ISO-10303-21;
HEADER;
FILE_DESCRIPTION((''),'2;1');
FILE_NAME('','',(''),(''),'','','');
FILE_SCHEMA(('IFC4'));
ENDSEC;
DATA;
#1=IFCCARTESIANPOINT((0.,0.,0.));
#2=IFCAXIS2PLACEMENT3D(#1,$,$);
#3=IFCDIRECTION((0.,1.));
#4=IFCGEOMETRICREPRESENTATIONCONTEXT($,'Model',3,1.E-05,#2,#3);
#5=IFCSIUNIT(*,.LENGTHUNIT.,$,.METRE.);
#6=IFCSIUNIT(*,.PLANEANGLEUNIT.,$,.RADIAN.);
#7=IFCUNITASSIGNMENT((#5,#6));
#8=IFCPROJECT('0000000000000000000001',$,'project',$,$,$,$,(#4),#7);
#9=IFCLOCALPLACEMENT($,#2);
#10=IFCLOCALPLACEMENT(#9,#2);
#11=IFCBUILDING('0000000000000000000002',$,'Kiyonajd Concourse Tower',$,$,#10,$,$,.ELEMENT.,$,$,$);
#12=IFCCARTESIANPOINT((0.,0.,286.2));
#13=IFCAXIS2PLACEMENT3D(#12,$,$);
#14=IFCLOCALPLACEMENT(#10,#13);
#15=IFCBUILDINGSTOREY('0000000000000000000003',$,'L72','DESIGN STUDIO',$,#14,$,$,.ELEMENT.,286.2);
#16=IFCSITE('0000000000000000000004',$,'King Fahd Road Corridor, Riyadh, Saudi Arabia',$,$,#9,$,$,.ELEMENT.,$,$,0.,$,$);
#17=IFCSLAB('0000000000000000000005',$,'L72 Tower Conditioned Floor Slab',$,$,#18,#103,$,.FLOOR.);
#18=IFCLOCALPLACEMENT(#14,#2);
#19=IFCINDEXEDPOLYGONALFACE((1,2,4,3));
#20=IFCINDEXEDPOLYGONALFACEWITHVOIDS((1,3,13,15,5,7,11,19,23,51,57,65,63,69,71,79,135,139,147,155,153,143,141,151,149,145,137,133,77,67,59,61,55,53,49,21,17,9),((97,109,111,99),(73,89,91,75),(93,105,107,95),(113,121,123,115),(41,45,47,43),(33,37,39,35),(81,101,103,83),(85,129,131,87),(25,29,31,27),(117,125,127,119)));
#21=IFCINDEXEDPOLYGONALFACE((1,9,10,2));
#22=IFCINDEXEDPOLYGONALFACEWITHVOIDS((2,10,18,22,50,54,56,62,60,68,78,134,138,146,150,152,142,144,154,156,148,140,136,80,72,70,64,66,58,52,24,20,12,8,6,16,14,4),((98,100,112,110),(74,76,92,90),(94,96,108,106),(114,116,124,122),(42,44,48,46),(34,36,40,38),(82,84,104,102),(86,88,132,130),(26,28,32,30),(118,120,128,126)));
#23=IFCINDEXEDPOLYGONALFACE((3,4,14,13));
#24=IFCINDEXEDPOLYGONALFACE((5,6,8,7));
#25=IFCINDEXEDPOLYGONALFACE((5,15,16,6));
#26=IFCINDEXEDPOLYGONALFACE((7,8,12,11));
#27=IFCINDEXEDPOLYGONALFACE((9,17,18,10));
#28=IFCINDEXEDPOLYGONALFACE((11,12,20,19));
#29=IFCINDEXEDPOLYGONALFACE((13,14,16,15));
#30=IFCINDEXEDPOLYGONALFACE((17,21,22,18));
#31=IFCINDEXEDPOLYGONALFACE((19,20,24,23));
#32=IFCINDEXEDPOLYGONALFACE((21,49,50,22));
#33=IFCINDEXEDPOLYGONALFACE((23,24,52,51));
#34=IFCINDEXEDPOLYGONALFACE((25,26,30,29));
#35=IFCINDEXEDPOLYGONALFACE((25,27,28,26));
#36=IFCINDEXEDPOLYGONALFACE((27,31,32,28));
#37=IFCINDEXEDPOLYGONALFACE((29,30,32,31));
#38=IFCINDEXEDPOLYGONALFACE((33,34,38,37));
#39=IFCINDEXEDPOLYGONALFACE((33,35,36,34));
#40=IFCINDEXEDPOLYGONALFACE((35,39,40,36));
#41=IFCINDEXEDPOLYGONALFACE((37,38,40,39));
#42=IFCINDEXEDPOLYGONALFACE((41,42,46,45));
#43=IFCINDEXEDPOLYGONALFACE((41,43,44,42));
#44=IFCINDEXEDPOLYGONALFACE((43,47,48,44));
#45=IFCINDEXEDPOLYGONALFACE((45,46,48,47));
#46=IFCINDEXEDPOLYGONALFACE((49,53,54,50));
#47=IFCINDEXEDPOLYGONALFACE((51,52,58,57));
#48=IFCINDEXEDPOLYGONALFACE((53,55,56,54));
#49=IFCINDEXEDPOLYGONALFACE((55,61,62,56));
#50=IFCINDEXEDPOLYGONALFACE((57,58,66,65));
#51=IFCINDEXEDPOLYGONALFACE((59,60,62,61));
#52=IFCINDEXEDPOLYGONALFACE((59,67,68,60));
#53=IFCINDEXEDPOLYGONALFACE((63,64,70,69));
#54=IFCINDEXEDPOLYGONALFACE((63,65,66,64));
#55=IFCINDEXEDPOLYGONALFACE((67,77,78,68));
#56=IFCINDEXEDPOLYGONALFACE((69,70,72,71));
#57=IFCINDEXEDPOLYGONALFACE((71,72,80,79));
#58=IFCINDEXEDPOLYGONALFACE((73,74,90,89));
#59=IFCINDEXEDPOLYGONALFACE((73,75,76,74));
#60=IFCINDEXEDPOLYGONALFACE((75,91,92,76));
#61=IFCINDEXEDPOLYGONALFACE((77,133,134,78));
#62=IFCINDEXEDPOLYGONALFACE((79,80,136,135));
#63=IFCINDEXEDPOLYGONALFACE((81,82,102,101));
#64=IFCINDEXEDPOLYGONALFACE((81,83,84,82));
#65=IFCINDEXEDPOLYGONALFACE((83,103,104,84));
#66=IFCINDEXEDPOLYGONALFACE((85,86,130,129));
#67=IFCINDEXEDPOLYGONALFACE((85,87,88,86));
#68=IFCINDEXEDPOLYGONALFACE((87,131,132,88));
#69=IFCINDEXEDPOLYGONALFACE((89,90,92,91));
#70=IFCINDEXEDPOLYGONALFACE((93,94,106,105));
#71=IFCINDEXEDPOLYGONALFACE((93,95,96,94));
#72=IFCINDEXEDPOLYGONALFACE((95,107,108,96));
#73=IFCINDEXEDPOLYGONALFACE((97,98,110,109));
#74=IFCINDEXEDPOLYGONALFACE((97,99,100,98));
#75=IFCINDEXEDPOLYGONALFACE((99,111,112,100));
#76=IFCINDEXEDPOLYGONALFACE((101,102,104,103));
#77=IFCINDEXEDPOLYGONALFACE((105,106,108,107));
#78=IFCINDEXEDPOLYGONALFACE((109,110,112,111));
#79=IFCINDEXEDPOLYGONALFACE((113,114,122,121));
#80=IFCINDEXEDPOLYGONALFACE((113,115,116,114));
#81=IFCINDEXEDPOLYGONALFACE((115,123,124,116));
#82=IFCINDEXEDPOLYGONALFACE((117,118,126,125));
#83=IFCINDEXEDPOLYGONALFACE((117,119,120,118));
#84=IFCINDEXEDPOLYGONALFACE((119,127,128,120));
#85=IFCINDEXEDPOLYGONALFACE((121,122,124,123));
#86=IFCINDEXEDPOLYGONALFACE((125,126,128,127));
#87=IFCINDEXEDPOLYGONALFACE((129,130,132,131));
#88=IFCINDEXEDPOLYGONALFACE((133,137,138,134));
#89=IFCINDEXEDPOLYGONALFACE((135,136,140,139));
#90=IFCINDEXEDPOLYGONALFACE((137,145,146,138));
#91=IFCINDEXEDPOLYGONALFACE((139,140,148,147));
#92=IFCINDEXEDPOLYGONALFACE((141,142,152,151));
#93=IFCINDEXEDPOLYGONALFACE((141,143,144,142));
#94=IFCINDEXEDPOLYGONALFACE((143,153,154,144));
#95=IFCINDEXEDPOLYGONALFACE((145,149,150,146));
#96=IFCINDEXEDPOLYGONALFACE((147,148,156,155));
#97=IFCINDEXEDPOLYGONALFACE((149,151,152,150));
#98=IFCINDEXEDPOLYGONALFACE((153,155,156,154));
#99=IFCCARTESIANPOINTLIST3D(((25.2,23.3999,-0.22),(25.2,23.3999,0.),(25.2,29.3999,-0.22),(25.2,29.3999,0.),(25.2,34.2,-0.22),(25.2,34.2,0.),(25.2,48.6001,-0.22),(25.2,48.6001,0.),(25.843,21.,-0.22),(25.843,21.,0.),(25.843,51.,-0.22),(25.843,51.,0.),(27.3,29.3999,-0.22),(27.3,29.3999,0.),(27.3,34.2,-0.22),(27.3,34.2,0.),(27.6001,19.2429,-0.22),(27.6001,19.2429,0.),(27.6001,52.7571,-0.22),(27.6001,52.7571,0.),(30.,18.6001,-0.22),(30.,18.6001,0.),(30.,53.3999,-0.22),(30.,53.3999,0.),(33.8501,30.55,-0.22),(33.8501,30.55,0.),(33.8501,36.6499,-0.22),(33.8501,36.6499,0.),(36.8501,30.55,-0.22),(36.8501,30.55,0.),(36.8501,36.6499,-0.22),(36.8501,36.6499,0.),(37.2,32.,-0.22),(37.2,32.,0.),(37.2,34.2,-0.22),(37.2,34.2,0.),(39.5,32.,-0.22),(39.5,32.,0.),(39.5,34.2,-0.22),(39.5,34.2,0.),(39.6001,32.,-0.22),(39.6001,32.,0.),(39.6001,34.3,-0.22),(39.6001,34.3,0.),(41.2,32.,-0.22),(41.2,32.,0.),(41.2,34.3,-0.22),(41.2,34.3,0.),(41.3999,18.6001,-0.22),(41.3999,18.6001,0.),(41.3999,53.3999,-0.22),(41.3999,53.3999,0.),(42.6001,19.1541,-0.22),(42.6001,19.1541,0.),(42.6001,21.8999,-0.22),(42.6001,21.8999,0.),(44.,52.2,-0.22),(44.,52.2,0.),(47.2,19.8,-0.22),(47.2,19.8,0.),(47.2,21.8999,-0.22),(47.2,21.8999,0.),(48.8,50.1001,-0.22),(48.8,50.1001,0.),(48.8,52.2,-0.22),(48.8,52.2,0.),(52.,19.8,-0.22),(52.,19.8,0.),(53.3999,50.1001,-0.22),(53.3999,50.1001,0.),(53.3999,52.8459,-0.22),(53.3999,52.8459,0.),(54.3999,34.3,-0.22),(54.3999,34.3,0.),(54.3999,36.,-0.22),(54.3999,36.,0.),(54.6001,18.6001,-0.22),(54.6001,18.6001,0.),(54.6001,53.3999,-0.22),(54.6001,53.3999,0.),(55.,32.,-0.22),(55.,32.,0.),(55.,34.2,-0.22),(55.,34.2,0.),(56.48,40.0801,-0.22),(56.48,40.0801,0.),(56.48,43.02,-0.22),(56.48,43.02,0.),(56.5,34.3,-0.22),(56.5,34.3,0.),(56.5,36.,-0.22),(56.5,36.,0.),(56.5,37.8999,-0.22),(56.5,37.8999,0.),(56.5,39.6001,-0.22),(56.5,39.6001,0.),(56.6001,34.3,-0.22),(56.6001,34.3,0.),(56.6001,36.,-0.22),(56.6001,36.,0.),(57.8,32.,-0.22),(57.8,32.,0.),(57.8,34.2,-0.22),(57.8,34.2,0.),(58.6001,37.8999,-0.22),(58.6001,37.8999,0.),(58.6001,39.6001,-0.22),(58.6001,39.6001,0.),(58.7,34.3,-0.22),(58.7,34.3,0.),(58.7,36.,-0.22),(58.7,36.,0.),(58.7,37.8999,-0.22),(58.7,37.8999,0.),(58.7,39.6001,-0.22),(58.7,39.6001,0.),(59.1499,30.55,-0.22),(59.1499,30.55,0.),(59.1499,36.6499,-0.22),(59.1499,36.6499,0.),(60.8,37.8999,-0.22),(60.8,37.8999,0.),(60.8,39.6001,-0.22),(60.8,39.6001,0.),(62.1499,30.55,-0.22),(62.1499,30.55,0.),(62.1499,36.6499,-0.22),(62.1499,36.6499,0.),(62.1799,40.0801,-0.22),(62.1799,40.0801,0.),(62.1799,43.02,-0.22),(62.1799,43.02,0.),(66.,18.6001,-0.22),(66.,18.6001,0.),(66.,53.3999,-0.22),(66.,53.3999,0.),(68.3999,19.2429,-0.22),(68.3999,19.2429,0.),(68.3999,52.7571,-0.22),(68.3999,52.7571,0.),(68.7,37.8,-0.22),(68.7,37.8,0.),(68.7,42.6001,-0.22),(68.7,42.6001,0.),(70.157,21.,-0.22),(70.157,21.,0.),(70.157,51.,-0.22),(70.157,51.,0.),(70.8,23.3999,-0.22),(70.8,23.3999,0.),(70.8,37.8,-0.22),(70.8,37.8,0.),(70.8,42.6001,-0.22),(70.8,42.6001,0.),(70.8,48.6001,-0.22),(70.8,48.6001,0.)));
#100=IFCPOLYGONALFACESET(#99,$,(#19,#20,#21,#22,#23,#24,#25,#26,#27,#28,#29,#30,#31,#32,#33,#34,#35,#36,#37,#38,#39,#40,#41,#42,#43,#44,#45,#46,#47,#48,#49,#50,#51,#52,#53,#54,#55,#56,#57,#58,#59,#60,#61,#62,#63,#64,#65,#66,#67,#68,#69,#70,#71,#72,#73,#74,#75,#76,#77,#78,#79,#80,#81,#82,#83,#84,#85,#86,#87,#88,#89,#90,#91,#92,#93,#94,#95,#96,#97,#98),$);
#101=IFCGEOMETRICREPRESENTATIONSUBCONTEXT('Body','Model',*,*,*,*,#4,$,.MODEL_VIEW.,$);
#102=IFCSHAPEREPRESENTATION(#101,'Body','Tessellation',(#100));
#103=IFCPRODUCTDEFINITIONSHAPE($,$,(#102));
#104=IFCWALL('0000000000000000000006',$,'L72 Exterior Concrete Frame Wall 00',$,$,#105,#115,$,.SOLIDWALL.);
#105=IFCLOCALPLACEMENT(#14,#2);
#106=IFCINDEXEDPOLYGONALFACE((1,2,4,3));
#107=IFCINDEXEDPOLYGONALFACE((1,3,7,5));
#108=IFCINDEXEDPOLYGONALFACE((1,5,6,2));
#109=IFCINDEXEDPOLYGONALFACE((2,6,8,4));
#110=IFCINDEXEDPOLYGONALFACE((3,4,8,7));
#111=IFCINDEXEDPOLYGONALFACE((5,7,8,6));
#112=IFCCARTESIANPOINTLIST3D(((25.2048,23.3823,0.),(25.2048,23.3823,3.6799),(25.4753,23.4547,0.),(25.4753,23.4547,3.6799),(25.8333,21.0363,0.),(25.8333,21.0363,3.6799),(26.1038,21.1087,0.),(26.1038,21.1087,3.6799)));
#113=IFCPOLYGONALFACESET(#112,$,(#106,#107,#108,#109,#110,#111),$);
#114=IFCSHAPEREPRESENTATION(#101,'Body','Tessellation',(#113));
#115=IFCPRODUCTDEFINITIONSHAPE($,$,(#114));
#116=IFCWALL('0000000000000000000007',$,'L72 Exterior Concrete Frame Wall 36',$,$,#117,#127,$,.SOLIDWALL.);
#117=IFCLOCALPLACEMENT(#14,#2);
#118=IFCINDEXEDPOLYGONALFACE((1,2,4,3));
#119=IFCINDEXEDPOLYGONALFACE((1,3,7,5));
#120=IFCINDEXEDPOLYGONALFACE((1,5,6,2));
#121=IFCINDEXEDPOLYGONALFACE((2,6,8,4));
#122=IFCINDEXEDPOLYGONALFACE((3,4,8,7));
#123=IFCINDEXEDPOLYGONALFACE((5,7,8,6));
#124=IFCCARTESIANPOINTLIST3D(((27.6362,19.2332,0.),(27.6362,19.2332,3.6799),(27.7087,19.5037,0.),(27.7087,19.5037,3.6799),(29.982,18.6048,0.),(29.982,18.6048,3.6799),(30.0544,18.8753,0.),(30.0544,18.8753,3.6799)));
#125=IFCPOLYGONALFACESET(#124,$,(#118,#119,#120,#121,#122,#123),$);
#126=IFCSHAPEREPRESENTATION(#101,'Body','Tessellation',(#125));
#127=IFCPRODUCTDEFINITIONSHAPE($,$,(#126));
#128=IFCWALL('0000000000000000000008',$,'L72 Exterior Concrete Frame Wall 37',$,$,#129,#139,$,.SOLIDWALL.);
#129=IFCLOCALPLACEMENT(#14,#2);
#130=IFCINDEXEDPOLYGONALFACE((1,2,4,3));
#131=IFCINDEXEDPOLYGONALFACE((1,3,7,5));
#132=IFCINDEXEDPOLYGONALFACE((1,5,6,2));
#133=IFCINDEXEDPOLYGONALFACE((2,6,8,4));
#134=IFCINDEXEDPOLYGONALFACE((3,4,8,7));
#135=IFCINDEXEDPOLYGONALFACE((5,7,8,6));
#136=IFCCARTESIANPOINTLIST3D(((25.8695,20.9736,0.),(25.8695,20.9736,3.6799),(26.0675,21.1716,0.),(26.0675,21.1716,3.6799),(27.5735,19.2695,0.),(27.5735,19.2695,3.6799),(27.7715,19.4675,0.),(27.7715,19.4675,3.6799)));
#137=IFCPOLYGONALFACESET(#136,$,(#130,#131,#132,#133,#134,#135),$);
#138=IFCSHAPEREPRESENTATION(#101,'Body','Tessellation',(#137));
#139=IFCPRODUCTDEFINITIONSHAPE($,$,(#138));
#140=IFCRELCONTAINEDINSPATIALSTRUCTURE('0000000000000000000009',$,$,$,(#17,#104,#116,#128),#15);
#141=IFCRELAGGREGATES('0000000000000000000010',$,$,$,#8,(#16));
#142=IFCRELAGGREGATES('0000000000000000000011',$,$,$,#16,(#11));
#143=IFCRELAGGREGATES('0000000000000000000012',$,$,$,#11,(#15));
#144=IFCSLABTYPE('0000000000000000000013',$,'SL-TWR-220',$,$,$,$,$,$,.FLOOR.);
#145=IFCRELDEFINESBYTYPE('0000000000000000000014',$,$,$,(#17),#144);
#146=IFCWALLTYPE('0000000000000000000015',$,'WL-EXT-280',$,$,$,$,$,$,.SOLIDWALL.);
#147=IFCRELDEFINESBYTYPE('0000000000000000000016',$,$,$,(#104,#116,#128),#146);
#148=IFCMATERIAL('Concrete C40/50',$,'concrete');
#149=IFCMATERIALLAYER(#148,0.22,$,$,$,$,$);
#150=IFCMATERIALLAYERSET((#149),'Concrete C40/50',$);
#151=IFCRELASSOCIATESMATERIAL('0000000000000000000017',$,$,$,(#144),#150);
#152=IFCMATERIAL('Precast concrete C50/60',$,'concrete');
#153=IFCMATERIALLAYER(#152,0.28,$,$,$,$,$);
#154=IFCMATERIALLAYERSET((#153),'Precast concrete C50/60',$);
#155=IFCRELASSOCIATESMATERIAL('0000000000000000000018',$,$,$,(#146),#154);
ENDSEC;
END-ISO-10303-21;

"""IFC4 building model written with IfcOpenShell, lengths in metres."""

from ifc_helpers import new_model, si_unit, direction, frame, frame_2d, origin, place, context, subcontext, project, spatial, polyline, rectangle, outline, extrude, material, layer, layer_set, type_object, element, save


model = new_model("IFC4")

# Units and contexts
model_context = context("Model", 3, precision=1e-05, world=origin(), true_north=direction((0.0, 1.0)))
body_context = subcontext(model_context, "Body", "Model", "MODEL_VIEW")
ifc_project = project(units=[si_unit("LENGTHUNIT", "METRE"), si_unit("PLANEANGLEUNIT", "RADIAN")], contexts=[model_context])

# Site, building, storey
site_placement = place(None, origin())
site = spatial("IfcSite", under=ifc_project, at=site_placement, Name="King Fahd Road Corridor, Riyadh, Saudi Arabia", CompositionType="ELEMENT", RefElevation=0.0)
building_placement = place(site_placement, origin())
building = spatial("IfcBuilding", under=site, at=building_placement, Name="Kiyonajd Concourse Tower", CompositionType="ELEMENT")
storey_placement = place(building_placement, frame((0.0, 0.0, 286.2)))
storey = spatial("IfcBuildingStorey", under=building, at=storey_placement, Name="L72", Description="DESIGN STUDIO", CompositionType="ELEMENT", Elevation=286.2)

# Shared definitions
ifc_material_1 = material(Name="Concrete C40/50", Category="concrete")

# Slab
ifc_material_2 = material(Name="Precast concrete C50/60", Category="concrete")
ifc_layer_1 = layer(ifc_material_1, 0.22)
ifc_layer_set_1 = layer_set([ifc_layer_1], Name="Concrete C40/50")
slab_type_1 = type_object("IfcSlabType", Name="SL-TWR-220", PredefinedType="FLOOR", material=ifc_layer_set_1)
slab_1_placement = place(storey_placement, frame((0.0, 0.0, -0.22)))
element("IfcSlab", 1, at=slab_1_placement, inside=storey, type_object=slab_type_1, Name="L72 Tower Conditioned Floor Slab", PredefinedType="FLOOR", context=body_context, shape_type="SweptSolid", body=[
    extrude(outline(polyline([(25.843, 21.0), (25.2, 23.3999), (25.2, 29.3999), (27.3, 29.3999), (27.3, 34.2), (25.2, 34.2), (25.2, 48.6001), (25.843, 51.0), (27.6001, 52.7571), (30.0, 53.3999), (41.3999, 53.3999), (44.0, 52.2), (48.8, 52.2), (48.8, 50.1001), (53.3999, 50.1001), (53.3999, 52.8459), (54.6001, 53.3999), (66.0, 53.3999), (68.3999, 52.7571), (70.157, 51.0), (70.8, 48.6001), (70.8, 42.6001), (68.7, 42.6001), (68.7, 37.8), (70.8, 37.8), (70.8, 23.3999), (70.157, 21.0), (68.3999, 19.2429), (66.0, 18.6001), (54.6001, 18.6001), (52.0, 19.8), (47.2, 19.8), (47.2, 21.8999), (42.6001, 21.8999), (42.6001, 19.1541), (41.3999, 18.6001), (30.0, 18.6001), (27.6001, 19.2429), (25.843, 21.0)]), holes=[polyline([(39.5, 32.0), (37.2, 32.0), (37.2, 34.2), (39.5, 34.2), (39.5, 32.0)]), polyline([(57.8, 32.0), (55.0, 32.0), (55.0, 34.2), (57.8, 34.2), (57.8, 32.0)]), polyline([(41.2, 32.0), (39.6001, 32.0), (39.6001, 34.3), (41.2, 34.3), (41.2, 32.0)]), polyline([(33.8501, 30.55), (33.8501, 36.6499), (36.8501, 36.6499), (36.8501, 30.55), (33.8501, 30.55)]), polyline([(59.1499, 30.55), (59.1499, 36.6499), (62.1499, 36.6499), (62.1499, 30.55), (59.1499, 30.55)]), polyline([(56.5, 34.3), (54.3999, 34.3), (54.3999, 36.0), (56.5, 36.0), (56.5, 34.3)]), polyline([(58.7, 34.3), (56.6001, 34.3), (56.6001, 36.0), (58.7, 36.0), (58.7, 34.3)]), polyline([(58.6001, 37.8999), (56.5, 37.8999), (56.5, 39.6001), (58.6001, 39.6001), (58.6001, 37.8999)]), polyline([(58.7, 37.8999), (58.7, 39.6001), (60.8, 39.6001), (60.8, 37.8999), (58.7, 37.8999)]), polyline([(56.48, 43.02), (62.1799, 43.02), (62.1799, 40.0801), (56.48, 40.0801), (56.48, 43.02)])]), origin(), (0.0, 0.0, 1.0), 0.22),
])

# Walls
ifc_layer_2 = layer(ifc_material_2, 0.28)
ifc_layer_set_2 = layer_set([ifc_layer_2], Name="Precast concrete C50/60")
wall_type = type_object("IfcWallType", Name="WL-EXT-280", PredefinedType="SOLIDWALL", material=ifc_layer_set_2)
wall_1_placement = place(storey_placement, frame((25.9685, 21.0725, 0.0), z_axis=(0.0, 0.0, 1.0), x_axis=(-0.258751, 0.965944, 0.0)))
element("IfcWall", 2, at=wall_1_placement, inside=storey, type_object=wall_type, Name="L72 Exterior Concrete Frame Wall 00", PredefinedType="SOLIDWALL", context=body_context, shape_type="SweptSolid", body=[
    extrude(rectangle(XDim=2.4287, YDim=0.28, at=frame_2d((1.2144, 0.0))), origin(), (0.0, 0.0, 1.0), 3.6799),
])
wall_2_placement = place(storey_placement, frame((30.0183, 18.74, 0.0), z_axis=(0.0, 0.0, 1.0), x_axis=(-0.965937, 0.258776, 0.0)))
element("IfcWall", 3, at=wall_2_placement, inside=storey, type_object=wall_type, Name="L72 Exterior Concrete Frame Wall 36", PredefinedType="SOLIDWALL", context=body_context, shape_type="SweptSolid", body=[
    extrude(rectangle(XDim=2.4285, YDim=0.28, at=frame_2d((1.2144, 0.0))), origin(), (0.0, 0.0, 1.0), 3.6799),
])
wall_3_placement = place(storey_placement, frame((27.6726, 19.3684, 0.0), z_axis=(0.0, 0.0, 1.0), x_axis=(-0.707107, 0.707107, 0.0)))
element("IfcWall", 4, at=wall_3_placement, inside=storey, type_object=wall_type, Name="L72 Exterior Concrete Frame Wall 37", PredefinedType="SOLIDWALL", context=body_context, shape_type="SweptSolid", body=[
    extrude(rectangle(XDim=2.4099, YDim=0.28, at=frame_2d((1.2051, 0.0))), origin(), (0.0, 0.0, 1.0), 3.6799),
])

save(model, "model.ifc")
